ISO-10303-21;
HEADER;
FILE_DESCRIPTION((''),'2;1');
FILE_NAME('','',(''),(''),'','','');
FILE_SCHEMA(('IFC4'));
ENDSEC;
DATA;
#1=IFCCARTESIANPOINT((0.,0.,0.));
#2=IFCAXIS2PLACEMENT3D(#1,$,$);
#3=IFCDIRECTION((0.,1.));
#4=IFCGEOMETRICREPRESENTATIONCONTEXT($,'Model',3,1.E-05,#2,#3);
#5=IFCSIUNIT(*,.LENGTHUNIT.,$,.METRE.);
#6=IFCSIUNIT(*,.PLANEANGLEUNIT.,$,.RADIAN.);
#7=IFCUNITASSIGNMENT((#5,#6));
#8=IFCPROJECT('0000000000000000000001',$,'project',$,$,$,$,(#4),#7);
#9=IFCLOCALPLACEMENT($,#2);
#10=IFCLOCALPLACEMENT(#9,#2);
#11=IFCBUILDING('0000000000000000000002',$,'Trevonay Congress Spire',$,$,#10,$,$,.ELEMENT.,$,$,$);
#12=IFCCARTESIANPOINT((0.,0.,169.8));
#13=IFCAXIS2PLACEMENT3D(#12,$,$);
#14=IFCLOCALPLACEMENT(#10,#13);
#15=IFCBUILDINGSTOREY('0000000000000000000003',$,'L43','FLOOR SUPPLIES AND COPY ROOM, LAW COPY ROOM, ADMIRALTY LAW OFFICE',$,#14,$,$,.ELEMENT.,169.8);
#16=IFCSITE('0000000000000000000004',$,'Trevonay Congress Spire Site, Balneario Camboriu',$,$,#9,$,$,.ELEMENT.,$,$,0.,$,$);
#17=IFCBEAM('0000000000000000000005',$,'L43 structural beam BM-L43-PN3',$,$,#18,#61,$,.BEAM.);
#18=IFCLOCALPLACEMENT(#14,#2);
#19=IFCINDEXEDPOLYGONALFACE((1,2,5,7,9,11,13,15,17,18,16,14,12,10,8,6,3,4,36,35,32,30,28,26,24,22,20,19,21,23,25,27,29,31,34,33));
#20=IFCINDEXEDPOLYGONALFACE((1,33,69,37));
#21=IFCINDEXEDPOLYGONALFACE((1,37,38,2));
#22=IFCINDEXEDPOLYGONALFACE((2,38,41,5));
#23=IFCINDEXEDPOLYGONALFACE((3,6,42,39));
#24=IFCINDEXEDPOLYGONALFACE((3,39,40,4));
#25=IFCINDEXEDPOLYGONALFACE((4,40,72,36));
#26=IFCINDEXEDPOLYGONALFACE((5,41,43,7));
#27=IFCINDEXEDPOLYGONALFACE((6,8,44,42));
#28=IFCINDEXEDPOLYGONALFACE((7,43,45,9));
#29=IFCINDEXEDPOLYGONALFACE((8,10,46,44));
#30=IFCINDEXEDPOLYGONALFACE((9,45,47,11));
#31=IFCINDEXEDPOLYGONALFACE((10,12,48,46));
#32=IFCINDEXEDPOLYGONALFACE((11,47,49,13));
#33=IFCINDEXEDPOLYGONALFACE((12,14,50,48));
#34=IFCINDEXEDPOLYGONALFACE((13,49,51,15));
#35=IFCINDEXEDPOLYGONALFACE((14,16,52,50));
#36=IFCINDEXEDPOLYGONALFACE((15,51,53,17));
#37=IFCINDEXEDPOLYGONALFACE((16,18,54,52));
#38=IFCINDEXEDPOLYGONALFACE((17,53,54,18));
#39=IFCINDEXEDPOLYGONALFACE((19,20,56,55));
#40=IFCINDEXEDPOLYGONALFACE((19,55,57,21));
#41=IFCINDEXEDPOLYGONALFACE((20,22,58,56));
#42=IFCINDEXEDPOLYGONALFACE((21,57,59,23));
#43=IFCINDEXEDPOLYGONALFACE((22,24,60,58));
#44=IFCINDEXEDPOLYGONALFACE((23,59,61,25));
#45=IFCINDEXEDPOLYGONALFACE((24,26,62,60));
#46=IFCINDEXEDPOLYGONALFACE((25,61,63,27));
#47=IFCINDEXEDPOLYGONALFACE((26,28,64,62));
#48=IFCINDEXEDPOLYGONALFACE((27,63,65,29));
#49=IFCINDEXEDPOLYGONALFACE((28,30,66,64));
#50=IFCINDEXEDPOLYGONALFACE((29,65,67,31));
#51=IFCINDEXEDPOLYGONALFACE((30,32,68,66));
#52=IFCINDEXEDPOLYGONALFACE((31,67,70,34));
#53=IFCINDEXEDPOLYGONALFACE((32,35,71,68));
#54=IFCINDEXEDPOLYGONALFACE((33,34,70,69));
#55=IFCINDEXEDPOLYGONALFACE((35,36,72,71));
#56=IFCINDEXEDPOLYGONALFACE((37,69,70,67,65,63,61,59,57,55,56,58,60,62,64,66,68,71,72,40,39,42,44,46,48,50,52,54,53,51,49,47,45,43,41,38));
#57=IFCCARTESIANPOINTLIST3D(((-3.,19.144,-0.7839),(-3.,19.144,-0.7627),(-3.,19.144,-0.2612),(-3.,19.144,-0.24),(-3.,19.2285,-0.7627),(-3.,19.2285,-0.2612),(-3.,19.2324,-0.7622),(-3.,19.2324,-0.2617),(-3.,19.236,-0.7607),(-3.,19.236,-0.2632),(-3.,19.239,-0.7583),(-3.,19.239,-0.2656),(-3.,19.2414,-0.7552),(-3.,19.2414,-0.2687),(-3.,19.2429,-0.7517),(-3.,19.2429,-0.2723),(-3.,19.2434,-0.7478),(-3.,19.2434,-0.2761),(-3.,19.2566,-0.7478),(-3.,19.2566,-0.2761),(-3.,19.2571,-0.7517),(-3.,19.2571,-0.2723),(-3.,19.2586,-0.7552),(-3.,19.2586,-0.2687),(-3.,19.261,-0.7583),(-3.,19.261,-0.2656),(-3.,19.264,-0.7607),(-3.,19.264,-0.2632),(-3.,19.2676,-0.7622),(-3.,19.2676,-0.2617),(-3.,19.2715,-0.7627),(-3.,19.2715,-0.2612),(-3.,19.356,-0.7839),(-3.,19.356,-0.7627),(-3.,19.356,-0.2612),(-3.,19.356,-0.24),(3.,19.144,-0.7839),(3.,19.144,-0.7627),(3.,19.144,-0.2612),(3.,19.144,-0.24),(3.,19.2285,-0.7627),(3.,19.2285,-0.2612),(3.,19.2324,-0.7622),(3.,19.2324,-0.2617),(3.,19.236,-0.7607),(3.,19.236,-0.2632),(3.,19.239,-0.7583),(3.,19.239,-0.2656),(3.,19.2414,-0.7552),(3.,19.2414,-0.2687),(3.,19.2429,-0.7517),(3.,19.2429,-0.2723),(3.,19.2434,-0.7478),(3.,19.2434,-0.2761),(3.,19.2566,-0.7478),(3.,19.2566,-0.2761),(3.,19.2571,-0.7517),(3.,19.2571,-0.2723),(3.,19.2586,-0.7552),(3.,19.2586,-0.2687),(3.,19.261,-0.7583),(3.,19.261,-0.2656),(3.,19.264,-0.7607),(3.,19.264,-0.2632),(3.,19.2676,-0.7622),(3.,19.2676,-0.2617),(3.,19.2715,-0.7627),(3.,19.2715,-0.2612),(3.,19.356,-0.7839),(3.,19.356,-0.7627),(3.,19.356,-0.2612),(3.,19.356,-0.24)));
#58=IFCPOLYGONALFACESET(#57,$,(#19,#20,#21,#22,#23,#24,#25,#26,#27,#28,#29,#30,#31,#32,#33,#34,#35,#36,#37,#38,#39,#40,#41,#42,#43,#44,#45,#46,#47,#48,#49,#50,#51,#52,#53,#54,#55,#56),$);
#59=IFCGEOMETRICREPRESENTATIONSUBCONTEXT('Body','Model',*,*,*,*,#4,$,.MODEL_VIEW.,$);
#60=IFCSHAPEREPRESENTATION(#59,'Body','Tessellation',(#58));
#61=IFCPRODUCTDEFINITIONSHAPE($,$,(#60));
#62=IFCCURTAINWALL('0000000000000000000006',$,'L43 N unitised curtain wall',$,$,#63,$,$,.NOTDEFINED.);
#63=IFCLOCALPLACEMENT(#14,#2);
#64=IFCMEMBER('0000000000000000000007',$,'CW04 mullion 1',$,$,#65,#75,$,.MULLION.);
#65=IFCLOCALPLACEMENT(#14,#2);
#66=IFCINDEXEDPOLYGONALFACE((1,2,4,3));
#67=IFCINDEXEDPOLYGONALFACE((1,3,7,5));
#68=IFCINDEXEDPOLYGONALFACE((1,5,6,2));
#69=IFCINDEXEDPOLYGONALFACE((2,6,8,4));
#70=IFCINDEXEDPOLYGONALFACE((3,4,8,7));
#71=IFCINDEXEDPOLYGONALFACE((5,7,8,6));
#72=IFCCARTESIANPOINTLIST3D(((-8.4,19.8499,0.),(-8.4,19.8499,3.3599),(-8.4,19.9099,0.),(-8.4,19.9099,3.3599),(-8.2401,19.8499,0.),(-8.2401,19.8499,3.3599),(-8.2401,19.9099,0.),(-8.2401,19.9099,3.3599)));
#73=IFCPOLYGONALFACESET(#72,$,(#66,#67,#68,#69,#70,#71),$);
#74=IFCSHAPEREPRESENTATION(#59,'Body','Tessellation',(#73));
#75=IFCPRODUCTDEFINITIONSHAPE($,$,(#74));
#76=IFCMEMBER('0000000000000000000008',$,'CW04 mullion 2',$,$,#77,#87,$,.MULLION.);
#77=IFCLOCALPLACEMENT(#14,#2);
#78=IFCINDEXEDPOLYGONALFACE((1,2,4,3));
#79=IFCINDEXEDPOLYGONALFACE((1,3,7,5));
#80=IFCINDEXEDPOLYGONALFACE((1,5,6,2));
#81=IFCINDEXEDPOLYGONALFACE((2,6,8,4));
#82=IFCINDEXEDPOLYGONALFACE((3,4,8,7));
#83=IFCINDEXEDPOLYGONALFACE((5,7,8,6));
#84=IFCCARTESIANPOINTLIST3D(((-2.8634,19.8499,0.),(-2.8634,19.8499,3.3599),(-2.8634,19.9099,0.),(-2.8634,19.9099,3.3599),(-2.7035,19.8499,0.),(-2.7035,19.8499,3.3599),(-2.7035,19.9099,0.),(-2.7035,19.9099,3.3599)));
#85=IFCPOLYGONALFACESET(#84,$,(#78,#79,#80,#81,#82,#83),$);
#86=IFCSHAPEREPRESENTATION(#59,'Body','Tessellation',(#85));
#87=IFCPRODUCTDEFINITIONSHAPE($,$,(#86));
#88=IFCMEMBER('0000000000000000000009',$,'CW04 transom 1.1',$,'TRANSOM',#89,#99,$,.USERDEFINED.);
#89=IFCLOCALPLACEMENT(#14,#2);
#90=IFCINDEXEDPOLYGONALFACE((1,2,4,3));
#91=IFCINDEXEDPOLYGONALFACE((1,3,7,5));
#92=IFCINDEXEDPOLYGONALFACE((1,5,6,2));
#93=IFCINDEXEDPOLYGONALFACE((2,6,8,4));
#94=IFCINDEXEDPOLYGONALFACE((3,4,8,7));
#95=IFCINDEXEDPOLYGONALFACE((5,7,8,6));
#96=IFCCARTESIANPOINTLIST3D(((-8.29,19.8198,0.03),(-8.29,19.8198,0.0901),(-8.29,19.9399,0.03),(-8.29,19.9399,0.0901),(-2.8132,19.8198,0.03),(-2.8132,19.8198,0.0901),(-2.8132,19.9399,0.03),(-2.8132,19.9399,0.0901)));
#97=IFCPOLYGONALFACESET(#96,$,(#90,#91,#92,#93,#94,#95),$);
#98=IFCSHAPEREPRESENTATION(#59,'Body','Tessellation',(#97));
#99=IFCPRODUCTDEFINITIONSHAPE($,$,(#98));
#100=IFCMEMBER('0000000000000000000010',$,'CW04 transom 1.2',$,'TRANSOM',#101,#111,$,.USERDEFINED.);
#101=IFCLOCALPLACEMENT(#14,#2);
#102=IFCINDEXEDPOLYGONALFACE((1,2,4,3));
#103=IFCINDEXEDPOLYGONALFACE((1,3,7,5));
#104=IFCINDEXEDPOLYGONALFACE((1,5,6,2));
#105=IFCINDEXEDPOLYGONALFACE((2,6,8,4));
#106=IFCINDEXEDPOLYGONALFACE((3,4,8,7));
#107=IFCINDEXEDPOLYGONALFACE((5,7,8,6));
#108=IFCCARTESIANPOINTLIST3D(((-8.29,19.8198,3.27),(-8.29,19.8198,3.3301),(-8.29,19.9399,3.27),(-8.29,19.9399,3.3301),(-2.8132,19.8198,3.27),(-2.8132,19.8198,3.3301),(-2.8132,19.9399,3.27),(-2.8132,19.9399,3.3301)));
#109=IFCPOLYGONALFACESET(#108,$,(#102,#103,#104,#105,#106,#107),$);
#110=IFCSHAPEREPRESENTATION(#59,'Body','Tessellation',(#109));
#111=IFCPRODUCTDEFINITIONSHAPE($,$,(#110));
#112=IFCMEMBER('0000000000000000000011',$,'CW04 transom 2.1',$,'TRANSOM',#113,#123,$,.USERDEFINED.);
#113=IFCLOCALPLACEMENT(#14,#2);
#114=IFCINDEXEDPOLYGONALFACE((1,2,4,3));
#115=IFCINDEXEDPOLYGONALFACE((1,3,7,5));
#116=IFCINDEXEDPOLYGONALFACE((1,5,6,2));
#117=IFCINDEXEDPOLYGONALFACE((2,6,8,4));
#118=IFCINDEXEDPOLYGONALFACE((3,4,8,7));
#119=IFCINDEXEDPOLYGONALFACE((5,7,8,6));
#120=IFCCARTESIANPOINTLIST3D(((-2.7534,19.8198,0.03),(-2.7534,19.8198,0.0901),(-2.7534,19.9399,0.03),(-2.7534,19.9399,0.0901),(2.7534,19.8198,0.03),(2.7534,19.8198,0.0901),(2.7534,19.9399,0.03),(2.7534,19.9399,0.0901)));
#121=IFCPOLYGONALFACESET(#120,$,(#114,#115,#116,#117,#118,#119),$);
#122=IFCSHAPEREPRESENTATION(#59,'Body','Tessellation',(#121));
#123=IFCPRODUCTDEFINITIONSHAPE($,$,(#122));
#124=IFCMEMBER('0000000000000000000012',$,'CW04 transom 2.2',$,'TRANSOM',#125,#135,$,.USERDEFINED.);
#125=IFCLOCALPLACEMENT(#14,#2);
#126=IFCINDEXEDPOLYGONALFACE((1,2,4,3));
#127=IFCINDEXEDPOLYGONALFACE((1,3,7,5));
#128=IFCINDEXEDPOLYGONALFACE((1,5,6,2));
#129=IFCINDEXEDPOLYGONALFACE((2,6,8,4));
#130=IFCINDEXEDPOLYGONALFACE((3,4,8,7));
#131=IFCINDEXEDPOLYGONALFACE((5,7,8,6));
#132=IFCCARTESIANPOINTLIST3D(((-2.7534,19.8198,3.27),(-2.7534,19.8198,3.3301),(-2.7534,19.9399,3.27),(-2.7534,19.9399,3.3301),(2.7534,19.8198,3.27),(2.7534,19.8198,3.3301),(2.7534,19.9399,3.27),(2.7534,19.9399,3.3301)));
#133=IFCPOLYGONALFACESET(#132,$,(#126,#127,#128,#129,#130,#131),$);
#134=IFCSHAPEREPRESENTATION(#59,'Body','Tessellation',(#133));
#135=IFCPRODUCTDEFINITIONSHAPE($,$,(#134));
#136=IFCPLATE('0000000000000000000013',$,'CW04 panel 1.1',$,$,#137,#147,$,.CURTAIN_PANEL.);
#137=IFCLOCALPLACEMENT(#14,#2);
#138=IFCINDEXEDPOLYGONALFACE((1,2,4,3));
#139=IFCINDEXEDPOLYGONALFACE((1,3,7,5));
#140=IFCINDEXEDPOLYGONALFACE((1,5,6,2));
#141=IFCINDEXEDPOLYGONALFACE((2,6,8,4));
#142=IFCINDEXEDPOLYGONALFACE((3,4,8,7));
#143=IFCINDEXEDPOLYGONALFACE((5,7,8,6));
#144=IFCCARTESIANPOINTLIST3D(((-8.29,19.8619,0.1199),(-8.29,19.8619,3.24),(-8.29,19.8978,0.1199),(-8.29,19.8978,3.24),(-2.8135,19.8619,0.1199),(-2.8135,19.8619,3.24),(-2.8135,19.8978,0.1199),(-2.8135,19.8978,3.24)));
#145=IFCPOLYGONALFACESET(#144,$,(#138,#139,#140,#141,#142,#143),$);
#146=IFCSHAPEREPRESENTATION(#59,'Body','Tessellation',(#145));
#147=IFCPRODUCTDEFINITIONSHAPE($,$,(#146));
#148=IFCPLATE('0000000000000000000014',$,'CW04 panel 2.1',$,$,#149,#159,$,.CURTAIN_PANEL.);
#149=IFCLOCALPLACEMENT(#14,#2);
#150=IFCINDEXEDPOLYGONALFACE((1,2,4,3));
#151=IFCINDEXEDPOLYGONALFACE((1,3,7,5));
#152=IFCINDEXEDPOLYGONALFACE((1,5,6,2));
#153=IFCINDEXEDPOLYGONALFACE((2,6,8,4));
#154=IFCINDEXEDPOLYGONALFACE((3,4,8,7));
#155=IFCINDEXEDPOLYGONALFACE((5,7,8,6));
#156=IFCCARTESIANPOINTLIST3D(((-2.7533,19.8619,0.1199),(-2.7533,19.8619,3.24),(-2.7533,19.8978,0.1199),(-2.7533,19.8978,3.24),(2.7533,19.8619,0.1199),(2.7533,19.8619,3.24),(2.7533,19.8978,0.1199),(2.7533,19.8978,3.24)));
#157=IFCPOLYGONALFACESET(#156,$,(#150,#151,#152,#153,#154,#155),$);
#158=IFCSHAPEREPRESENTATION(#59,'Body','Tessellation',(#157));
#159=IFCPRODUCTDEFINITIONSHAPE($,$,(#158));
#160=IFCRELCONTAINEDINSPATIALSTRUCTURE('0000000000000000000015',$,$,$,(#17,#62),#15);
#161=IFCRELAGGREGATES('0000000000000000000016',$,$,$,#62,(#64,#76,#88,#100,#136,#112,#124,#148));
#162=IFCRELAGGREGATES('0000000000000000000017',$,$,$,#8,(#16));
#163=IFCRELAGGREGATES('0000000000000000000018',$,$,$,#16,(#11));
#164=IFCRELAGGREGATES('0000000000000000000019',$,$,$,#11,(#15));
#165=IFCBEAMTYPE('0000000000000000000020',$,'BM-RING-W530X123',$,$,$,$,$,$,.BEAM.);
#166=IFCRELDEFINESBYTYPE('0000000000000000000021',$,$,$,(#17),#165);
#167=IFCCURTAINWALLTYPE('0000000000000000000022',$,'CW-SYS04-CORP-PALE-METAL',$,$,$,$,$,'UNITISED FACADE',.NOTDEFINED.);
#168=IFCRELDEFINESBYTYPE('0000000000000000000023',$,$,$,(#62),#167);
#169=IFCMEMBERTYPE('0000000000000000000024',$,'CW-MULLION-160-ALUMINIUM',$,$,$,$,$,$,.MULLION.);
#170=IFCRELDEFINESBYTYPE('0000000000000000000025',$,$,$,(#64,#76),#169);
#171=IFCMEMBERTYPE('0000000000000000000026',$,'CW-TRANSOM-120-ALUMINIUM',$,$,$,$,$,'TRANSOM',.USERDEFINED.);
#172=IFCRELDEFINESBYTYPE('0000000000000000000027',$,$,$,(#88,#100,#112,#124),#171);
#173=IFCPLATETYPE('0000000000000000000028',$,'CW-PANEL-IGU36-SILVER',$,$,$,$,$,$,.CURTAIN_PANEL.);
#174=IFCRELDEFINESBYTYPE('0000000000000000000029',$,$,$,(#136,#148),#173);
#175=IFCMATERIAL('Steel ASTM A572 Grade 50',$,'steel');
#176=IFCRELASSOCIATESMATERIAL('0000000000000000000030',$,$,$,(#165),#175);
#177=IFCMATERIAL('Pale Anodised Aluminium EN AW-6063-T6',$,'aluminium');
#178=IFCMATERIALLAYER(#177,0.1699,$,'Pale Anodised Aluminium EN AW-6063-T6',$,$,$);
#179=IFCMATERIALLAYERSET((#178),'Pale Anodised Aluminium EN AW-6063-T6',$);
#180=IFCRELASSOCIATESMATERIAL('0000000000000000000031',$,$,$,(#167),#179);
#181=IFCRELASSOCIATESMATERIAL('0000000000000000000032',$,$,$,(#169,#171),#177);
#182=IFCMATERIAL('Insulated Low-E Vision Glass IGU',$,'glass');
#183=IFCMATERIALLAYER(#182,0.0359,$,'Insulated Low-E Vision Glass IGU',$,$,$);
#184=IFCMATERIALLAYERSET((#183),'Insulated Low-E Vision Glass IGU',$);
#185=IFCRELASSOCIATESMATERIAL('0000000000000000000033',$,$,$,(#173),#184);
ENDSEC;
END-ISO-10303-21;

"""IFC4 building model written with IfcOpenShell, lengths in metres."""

from ifc_helpers import new_model, si_unit, direction, frame, origin, origin_2d, place, context, subcontext, project, spatial, rectangle, i_section, extrude, material, layer, layer_set, material_profile, profile_set, type_object, element, aggregate, save


model = new_model("IFC4")

# Units and contexts
model_context = context("Model", 3, precision=1e-05, world=origin(), true_north=direction((0.0, 1.0)))
body_context = subcontext(model_context, "Body", "Model", "MODEL_VIEW")
ifc_project = project(units=[si_unit("LENGTHUNIT", "METRE"), si_unit("PLANEANGLEUNIT", "RADIAN")], contexts=[model_context])

# Site, building, storey
site_placement = place(None, origin())
site = spatial("IfcSite", under=ifc_project, at=site_placement, Name="Trevonay Congress Spire Site, Balneario Camboriu", CompositionType="ELEMENT", RefElevation=0.0)
building_placement = place(site_placement, origin())
building = spatial("IfcBuilding", under=site, at=building_placement, Name="Trevonay Congress Spire", CompositionType="ELEMENT")
storey_placement = place(building_placement, frame((0.0, 0.0, 169.8)))
storey = spatial("IfcBuildingStorey", under=building, at=storey_placement, Name="L43", Description="FLOOR SUPPLIES AND COPY ROOM, LAW COPY ROOM, ADMIRALTY LAW OFFICE", CompositionType="ELEMENT", Elevation=169.8)

# Shared definitions
ifc_material_1 = material(Name="Steel ASTM A572 Grade 50", Category="steel")

# Beam
ifc_material_profile_1 = material_profile(ifc_material_1, i_section(OverallWidth=0.2119, OverallDepth=0.5439, WebThickness=0.0132, FlangeThickness=0.0212, FilletRadius=0.0149, at=origin_2d()), Name="W530x123")
ifc_profile_set_1 = profile_set([ifc_material_profile_1], Name="Steel ASTM A572 Grade 50")
beam_type_1 = type_object("IfcBeamType", Name="BM-RING-W530X123", PredefinedType="BEAM", material=ifc_profile_set_1)
beam_1_placement = place(storey_placement, frame((-3.0, 19.25, -0.512), z_axis=(1.0, 0.0, 0.0), x_axis=(0.0, 1.0, 0.0)))
element("IfcBeam", 1, at=beam_1_placement, inside=storey, type_object=beam_type_1, Name="L43 structural beam BM-L43-PN3", PredefinedType="BEAM", context=body_context, shape_type="SweptSolid", body=[
    extrude(i_section(OverallWidth=0.2119, OverallDepth=0.5439, WebThickness=0.0132, FlangeThickness=0.0212, FilletRadius=0.0149, at=origin_2d()), origin(), (0.0, 0.0, 1.0), 6.0),
])

# Curtain wall, members, plates
ifc_material_2 = material(Name="Pale Anodised Aluminium EN AW-6063-T6", Category="aluminium")
ifc_layer_1 = layer(ifc_material_2, 0.1699, Name="Pale Anodised Aluminium EN AW-6063-T6")
ifc_layer_set_1 = layer_set([ifc_layer_1], Name="Pale Anodised Aluminium EN AW-6063-T6")
curtain_wall_type = type_object("IfcCurtainWallType", Name="CW-SYS04-CORP-PALE-METAL", ElementType="UNITISED FACADE", PredefinedType="NOTDEFINED", material=ifc_layer_set_1)
curtain_wall_placement = place(storey_placement, origin())
curtain_wall = element("IfcCurtainWall", 2, at=curtain_wall_placement, inside=storey, type_object=curtain_wall_type, Name="L43 N unitised curtain wall", PredefinedType="NOTDEFINED")
ifc_material_profile_2 = material_profile(ifc_material_2, rectangle(XDim=0.0601, YDim=0.1599, at=origin_2d()), Name="CW-MULLION-160-ALUMINIUM")
ifc_profile_set_2 = profile_set([ifc_material_profile_2], Name="Pale Anodised Aluminium EN AW-6063-T6")
member_type_1 = type_object("IfcMemberType", Name="CW-MULLION-160-ALUMINIUM", PredefinedType="MULLION", material=ifc_profile_set_2)
member_1_placement = place(storey_placement, frame((-8.3201, 19.8799, 0.0), z_axis=(0.0, 0.0, 1.0), x_axis=(0.0, 1.0, 0.0)))
member_1 = element("IfcMember", 3, at=member_1_placement, type_object=member_type_1, Name="CW04 mullion 1", PredefinedType="MULLION", context=body_context, shape_type="SweptSolid", body=[
    extrude(rectangle(XDim=0.0601, YDim=0.1599, at=origin_2d()), origin(), (0.0, 0.0, 1.0), 3.3599),
])
member_2_placement = place(storey_placement, frame((-2.7834, 19.8799, 0.0), z_axis=(0.0, 0.0, 1.0), x_axis=(0.0, 1.0, 0.0)))
member_2 = element("IfcMember", 4, at=member_2_placement, type_object=member_type_1, Name="CW04 mullion 2", PredefinedType="MULLION", context=body_context, shape_type="SweptSolid", body=[
    extrude(rectangle(XDim=0.0601, YDim=0.1599, at=origin_2d()), origin(), (0.0, 0.0, 1.0), 3.3599),
])
ifc_material_profile_3 = material_profile(ifc_material_2, rectangle(XDim=0.1201, YDim=0.0601, at=origin_2d()), Name="CW-TRANSOM-120-ALUMINIUM")
ifc_profile_set_3 = profile_set([ifc_material_profile_3], Name="Pale Anodised Aluminium EN AW-6063-T6")
member_type_2 = type_object("IfcMemberType", Name="CW-TRANSOM-120-ALUMINIUM", ElementType="TRANSOM", PredefinedType="USERDEFINED", material=ifc_profile_set_3)
member_3_placement = place(storey_placement, frame((-8.29, 19.8799, 0.0601), z_axis=(1.0, 0.0, 0.0), x_axis=(0.0, 1.0, 0.0)))
member_3 = element("IfcMember", 5, at=member_3_placement, type_object=member_type_2, Name="CW04 transom 1.1", ObjectType="TRANSOM", PredefinedType="USERDEFINED", context=body_context, shape_type="SweptSolid", body=[
    extrude(rectangle(XDim=0.1201, YDim=0.0601, at=origin_2d()), origin(), (0.0, 0.0, 1.0), 5.4768),
])
member_4_placement = place(storey_placement, frame((-8.29, 19.8799, 3.3), z_axis=(1.0, 0.0, 0.0), x_axis=(0.0, 1.0, 0.0)))
member_4 = element("IfcMember", 6, at=member_4_placement, type_object=member_type_2, Name="CW04 transom 1.2", ObjectType="TRANSOM", PredefinedType="USERDEFINED", context=body_context, shape_type="SweptSolid", body=[
    extrude(rectangle(XDim=0.1201, YDim=0.0601, at=origin_2d()), origin(), (0.0, 0.0, 1.0), 5.4768),
])
member_5_placement = place(storey_placement, frame((-2.7534, 19.8799, 0.0601), z_axis=(1.0, 0.0, 0.0), x_axis=(0.0, 1.0, 0.0)))
member_5 = element("IfcMember", 7, at=member_5_placement, type_object=member_type_2, Name="CW04 transom 2.1", ObjectType="TRANSOM", PredefinedType="USERDEFINED", context=body_context, shape_type="SweptSolid", body=[
    extrude(rectangle(XDim=0.1201, YDim=0.0601, at=origin_2d()), origin(), (0.0, 0.0, 1.0), 5.5068),
])
member_6_placement = place(storey_placement, frame((-2.7534, 19.8799, 3.3), z_axis=(1.0, 0.0, 0.0), x_axis=(0.0, 1.0, 0.0)))
member_6 = element("IfcMember", 8, at=member_6_placement, type_object=member_type_2, Name="CW04 transom 2.2", ObjectType="TRANSOM", PredefinedType="USERDEFINED", context=body_context, shape_type="SweptSolid", body=[
    extrude(rectangle(XDim=0.1201, YDim=0.0601, at=origin_2d()), origin(), (0.0, 0.0, 1.0), 5.5068),
])
ifc_material_3 = material(Name="Insulated Low-E Vision Glass IGU", Category="glass")
ifc_layer_2 = layer(ifc_material_3, 0.0359, Name="Insulated Low-E Vision Glass IGU")
ifc_layer_set_2 = layer_set([ifc_layer_2], Name="Insulated Low-E Vision Glass IGU")
plate_type = type_object("IfcPlateType", Name="CW-PANEL-IGU36-SILVER", PredefinedType="CURTAIN_PANEL", material=ifc_layer_set_2)
plate_1_placement = place(storey_placement, frame((-5.5518, 19.8799, 0.1199), z_axis=(0.0, 0.0, 1.0), x_axis=(1.0, 0.0, 0.0)))
plate_1 = element("IfcPlate", 9, at=plate_1_placement, type_object=plate_type, Name="CW04 panel 1.1", PredefinedType="CURTAIN_PANEL", context=body_context, shape_type="SweptSolid", body=[
    extrude(rectangle(XDim=5.4766, YDim=0.0359, at=origin_2d()), origin(), (0.0, 0.0, 1.0), 3.1201),
])
plate_2_placement = place(storey_placement, frame((0.0, 19.8799, 0.1199), z_axis=(0.0, 0.0, 1.0), x_axis=(1.0, 0.0, 0.0)))
plate_2 = element("IfcPlate", 10, at=plate_2_placement, type_object=plate_type, Name="CW04 panel 2.1", PredefinedType="CURTAIN_PANEL", context=body_context, shape_type="SweptSolid", body=[
    extrude(rectangle(XDim=5.5066, YDim=0.0359, at=origin_2d()), origin(), (0.0, 0.0, 1.0), 3.1201),
])
aggregate(curtain_wall, [member_1, member_2, member_3, member_4, plate_1, member_5, member_6, plate_2])

save(model, "model.ifc")
